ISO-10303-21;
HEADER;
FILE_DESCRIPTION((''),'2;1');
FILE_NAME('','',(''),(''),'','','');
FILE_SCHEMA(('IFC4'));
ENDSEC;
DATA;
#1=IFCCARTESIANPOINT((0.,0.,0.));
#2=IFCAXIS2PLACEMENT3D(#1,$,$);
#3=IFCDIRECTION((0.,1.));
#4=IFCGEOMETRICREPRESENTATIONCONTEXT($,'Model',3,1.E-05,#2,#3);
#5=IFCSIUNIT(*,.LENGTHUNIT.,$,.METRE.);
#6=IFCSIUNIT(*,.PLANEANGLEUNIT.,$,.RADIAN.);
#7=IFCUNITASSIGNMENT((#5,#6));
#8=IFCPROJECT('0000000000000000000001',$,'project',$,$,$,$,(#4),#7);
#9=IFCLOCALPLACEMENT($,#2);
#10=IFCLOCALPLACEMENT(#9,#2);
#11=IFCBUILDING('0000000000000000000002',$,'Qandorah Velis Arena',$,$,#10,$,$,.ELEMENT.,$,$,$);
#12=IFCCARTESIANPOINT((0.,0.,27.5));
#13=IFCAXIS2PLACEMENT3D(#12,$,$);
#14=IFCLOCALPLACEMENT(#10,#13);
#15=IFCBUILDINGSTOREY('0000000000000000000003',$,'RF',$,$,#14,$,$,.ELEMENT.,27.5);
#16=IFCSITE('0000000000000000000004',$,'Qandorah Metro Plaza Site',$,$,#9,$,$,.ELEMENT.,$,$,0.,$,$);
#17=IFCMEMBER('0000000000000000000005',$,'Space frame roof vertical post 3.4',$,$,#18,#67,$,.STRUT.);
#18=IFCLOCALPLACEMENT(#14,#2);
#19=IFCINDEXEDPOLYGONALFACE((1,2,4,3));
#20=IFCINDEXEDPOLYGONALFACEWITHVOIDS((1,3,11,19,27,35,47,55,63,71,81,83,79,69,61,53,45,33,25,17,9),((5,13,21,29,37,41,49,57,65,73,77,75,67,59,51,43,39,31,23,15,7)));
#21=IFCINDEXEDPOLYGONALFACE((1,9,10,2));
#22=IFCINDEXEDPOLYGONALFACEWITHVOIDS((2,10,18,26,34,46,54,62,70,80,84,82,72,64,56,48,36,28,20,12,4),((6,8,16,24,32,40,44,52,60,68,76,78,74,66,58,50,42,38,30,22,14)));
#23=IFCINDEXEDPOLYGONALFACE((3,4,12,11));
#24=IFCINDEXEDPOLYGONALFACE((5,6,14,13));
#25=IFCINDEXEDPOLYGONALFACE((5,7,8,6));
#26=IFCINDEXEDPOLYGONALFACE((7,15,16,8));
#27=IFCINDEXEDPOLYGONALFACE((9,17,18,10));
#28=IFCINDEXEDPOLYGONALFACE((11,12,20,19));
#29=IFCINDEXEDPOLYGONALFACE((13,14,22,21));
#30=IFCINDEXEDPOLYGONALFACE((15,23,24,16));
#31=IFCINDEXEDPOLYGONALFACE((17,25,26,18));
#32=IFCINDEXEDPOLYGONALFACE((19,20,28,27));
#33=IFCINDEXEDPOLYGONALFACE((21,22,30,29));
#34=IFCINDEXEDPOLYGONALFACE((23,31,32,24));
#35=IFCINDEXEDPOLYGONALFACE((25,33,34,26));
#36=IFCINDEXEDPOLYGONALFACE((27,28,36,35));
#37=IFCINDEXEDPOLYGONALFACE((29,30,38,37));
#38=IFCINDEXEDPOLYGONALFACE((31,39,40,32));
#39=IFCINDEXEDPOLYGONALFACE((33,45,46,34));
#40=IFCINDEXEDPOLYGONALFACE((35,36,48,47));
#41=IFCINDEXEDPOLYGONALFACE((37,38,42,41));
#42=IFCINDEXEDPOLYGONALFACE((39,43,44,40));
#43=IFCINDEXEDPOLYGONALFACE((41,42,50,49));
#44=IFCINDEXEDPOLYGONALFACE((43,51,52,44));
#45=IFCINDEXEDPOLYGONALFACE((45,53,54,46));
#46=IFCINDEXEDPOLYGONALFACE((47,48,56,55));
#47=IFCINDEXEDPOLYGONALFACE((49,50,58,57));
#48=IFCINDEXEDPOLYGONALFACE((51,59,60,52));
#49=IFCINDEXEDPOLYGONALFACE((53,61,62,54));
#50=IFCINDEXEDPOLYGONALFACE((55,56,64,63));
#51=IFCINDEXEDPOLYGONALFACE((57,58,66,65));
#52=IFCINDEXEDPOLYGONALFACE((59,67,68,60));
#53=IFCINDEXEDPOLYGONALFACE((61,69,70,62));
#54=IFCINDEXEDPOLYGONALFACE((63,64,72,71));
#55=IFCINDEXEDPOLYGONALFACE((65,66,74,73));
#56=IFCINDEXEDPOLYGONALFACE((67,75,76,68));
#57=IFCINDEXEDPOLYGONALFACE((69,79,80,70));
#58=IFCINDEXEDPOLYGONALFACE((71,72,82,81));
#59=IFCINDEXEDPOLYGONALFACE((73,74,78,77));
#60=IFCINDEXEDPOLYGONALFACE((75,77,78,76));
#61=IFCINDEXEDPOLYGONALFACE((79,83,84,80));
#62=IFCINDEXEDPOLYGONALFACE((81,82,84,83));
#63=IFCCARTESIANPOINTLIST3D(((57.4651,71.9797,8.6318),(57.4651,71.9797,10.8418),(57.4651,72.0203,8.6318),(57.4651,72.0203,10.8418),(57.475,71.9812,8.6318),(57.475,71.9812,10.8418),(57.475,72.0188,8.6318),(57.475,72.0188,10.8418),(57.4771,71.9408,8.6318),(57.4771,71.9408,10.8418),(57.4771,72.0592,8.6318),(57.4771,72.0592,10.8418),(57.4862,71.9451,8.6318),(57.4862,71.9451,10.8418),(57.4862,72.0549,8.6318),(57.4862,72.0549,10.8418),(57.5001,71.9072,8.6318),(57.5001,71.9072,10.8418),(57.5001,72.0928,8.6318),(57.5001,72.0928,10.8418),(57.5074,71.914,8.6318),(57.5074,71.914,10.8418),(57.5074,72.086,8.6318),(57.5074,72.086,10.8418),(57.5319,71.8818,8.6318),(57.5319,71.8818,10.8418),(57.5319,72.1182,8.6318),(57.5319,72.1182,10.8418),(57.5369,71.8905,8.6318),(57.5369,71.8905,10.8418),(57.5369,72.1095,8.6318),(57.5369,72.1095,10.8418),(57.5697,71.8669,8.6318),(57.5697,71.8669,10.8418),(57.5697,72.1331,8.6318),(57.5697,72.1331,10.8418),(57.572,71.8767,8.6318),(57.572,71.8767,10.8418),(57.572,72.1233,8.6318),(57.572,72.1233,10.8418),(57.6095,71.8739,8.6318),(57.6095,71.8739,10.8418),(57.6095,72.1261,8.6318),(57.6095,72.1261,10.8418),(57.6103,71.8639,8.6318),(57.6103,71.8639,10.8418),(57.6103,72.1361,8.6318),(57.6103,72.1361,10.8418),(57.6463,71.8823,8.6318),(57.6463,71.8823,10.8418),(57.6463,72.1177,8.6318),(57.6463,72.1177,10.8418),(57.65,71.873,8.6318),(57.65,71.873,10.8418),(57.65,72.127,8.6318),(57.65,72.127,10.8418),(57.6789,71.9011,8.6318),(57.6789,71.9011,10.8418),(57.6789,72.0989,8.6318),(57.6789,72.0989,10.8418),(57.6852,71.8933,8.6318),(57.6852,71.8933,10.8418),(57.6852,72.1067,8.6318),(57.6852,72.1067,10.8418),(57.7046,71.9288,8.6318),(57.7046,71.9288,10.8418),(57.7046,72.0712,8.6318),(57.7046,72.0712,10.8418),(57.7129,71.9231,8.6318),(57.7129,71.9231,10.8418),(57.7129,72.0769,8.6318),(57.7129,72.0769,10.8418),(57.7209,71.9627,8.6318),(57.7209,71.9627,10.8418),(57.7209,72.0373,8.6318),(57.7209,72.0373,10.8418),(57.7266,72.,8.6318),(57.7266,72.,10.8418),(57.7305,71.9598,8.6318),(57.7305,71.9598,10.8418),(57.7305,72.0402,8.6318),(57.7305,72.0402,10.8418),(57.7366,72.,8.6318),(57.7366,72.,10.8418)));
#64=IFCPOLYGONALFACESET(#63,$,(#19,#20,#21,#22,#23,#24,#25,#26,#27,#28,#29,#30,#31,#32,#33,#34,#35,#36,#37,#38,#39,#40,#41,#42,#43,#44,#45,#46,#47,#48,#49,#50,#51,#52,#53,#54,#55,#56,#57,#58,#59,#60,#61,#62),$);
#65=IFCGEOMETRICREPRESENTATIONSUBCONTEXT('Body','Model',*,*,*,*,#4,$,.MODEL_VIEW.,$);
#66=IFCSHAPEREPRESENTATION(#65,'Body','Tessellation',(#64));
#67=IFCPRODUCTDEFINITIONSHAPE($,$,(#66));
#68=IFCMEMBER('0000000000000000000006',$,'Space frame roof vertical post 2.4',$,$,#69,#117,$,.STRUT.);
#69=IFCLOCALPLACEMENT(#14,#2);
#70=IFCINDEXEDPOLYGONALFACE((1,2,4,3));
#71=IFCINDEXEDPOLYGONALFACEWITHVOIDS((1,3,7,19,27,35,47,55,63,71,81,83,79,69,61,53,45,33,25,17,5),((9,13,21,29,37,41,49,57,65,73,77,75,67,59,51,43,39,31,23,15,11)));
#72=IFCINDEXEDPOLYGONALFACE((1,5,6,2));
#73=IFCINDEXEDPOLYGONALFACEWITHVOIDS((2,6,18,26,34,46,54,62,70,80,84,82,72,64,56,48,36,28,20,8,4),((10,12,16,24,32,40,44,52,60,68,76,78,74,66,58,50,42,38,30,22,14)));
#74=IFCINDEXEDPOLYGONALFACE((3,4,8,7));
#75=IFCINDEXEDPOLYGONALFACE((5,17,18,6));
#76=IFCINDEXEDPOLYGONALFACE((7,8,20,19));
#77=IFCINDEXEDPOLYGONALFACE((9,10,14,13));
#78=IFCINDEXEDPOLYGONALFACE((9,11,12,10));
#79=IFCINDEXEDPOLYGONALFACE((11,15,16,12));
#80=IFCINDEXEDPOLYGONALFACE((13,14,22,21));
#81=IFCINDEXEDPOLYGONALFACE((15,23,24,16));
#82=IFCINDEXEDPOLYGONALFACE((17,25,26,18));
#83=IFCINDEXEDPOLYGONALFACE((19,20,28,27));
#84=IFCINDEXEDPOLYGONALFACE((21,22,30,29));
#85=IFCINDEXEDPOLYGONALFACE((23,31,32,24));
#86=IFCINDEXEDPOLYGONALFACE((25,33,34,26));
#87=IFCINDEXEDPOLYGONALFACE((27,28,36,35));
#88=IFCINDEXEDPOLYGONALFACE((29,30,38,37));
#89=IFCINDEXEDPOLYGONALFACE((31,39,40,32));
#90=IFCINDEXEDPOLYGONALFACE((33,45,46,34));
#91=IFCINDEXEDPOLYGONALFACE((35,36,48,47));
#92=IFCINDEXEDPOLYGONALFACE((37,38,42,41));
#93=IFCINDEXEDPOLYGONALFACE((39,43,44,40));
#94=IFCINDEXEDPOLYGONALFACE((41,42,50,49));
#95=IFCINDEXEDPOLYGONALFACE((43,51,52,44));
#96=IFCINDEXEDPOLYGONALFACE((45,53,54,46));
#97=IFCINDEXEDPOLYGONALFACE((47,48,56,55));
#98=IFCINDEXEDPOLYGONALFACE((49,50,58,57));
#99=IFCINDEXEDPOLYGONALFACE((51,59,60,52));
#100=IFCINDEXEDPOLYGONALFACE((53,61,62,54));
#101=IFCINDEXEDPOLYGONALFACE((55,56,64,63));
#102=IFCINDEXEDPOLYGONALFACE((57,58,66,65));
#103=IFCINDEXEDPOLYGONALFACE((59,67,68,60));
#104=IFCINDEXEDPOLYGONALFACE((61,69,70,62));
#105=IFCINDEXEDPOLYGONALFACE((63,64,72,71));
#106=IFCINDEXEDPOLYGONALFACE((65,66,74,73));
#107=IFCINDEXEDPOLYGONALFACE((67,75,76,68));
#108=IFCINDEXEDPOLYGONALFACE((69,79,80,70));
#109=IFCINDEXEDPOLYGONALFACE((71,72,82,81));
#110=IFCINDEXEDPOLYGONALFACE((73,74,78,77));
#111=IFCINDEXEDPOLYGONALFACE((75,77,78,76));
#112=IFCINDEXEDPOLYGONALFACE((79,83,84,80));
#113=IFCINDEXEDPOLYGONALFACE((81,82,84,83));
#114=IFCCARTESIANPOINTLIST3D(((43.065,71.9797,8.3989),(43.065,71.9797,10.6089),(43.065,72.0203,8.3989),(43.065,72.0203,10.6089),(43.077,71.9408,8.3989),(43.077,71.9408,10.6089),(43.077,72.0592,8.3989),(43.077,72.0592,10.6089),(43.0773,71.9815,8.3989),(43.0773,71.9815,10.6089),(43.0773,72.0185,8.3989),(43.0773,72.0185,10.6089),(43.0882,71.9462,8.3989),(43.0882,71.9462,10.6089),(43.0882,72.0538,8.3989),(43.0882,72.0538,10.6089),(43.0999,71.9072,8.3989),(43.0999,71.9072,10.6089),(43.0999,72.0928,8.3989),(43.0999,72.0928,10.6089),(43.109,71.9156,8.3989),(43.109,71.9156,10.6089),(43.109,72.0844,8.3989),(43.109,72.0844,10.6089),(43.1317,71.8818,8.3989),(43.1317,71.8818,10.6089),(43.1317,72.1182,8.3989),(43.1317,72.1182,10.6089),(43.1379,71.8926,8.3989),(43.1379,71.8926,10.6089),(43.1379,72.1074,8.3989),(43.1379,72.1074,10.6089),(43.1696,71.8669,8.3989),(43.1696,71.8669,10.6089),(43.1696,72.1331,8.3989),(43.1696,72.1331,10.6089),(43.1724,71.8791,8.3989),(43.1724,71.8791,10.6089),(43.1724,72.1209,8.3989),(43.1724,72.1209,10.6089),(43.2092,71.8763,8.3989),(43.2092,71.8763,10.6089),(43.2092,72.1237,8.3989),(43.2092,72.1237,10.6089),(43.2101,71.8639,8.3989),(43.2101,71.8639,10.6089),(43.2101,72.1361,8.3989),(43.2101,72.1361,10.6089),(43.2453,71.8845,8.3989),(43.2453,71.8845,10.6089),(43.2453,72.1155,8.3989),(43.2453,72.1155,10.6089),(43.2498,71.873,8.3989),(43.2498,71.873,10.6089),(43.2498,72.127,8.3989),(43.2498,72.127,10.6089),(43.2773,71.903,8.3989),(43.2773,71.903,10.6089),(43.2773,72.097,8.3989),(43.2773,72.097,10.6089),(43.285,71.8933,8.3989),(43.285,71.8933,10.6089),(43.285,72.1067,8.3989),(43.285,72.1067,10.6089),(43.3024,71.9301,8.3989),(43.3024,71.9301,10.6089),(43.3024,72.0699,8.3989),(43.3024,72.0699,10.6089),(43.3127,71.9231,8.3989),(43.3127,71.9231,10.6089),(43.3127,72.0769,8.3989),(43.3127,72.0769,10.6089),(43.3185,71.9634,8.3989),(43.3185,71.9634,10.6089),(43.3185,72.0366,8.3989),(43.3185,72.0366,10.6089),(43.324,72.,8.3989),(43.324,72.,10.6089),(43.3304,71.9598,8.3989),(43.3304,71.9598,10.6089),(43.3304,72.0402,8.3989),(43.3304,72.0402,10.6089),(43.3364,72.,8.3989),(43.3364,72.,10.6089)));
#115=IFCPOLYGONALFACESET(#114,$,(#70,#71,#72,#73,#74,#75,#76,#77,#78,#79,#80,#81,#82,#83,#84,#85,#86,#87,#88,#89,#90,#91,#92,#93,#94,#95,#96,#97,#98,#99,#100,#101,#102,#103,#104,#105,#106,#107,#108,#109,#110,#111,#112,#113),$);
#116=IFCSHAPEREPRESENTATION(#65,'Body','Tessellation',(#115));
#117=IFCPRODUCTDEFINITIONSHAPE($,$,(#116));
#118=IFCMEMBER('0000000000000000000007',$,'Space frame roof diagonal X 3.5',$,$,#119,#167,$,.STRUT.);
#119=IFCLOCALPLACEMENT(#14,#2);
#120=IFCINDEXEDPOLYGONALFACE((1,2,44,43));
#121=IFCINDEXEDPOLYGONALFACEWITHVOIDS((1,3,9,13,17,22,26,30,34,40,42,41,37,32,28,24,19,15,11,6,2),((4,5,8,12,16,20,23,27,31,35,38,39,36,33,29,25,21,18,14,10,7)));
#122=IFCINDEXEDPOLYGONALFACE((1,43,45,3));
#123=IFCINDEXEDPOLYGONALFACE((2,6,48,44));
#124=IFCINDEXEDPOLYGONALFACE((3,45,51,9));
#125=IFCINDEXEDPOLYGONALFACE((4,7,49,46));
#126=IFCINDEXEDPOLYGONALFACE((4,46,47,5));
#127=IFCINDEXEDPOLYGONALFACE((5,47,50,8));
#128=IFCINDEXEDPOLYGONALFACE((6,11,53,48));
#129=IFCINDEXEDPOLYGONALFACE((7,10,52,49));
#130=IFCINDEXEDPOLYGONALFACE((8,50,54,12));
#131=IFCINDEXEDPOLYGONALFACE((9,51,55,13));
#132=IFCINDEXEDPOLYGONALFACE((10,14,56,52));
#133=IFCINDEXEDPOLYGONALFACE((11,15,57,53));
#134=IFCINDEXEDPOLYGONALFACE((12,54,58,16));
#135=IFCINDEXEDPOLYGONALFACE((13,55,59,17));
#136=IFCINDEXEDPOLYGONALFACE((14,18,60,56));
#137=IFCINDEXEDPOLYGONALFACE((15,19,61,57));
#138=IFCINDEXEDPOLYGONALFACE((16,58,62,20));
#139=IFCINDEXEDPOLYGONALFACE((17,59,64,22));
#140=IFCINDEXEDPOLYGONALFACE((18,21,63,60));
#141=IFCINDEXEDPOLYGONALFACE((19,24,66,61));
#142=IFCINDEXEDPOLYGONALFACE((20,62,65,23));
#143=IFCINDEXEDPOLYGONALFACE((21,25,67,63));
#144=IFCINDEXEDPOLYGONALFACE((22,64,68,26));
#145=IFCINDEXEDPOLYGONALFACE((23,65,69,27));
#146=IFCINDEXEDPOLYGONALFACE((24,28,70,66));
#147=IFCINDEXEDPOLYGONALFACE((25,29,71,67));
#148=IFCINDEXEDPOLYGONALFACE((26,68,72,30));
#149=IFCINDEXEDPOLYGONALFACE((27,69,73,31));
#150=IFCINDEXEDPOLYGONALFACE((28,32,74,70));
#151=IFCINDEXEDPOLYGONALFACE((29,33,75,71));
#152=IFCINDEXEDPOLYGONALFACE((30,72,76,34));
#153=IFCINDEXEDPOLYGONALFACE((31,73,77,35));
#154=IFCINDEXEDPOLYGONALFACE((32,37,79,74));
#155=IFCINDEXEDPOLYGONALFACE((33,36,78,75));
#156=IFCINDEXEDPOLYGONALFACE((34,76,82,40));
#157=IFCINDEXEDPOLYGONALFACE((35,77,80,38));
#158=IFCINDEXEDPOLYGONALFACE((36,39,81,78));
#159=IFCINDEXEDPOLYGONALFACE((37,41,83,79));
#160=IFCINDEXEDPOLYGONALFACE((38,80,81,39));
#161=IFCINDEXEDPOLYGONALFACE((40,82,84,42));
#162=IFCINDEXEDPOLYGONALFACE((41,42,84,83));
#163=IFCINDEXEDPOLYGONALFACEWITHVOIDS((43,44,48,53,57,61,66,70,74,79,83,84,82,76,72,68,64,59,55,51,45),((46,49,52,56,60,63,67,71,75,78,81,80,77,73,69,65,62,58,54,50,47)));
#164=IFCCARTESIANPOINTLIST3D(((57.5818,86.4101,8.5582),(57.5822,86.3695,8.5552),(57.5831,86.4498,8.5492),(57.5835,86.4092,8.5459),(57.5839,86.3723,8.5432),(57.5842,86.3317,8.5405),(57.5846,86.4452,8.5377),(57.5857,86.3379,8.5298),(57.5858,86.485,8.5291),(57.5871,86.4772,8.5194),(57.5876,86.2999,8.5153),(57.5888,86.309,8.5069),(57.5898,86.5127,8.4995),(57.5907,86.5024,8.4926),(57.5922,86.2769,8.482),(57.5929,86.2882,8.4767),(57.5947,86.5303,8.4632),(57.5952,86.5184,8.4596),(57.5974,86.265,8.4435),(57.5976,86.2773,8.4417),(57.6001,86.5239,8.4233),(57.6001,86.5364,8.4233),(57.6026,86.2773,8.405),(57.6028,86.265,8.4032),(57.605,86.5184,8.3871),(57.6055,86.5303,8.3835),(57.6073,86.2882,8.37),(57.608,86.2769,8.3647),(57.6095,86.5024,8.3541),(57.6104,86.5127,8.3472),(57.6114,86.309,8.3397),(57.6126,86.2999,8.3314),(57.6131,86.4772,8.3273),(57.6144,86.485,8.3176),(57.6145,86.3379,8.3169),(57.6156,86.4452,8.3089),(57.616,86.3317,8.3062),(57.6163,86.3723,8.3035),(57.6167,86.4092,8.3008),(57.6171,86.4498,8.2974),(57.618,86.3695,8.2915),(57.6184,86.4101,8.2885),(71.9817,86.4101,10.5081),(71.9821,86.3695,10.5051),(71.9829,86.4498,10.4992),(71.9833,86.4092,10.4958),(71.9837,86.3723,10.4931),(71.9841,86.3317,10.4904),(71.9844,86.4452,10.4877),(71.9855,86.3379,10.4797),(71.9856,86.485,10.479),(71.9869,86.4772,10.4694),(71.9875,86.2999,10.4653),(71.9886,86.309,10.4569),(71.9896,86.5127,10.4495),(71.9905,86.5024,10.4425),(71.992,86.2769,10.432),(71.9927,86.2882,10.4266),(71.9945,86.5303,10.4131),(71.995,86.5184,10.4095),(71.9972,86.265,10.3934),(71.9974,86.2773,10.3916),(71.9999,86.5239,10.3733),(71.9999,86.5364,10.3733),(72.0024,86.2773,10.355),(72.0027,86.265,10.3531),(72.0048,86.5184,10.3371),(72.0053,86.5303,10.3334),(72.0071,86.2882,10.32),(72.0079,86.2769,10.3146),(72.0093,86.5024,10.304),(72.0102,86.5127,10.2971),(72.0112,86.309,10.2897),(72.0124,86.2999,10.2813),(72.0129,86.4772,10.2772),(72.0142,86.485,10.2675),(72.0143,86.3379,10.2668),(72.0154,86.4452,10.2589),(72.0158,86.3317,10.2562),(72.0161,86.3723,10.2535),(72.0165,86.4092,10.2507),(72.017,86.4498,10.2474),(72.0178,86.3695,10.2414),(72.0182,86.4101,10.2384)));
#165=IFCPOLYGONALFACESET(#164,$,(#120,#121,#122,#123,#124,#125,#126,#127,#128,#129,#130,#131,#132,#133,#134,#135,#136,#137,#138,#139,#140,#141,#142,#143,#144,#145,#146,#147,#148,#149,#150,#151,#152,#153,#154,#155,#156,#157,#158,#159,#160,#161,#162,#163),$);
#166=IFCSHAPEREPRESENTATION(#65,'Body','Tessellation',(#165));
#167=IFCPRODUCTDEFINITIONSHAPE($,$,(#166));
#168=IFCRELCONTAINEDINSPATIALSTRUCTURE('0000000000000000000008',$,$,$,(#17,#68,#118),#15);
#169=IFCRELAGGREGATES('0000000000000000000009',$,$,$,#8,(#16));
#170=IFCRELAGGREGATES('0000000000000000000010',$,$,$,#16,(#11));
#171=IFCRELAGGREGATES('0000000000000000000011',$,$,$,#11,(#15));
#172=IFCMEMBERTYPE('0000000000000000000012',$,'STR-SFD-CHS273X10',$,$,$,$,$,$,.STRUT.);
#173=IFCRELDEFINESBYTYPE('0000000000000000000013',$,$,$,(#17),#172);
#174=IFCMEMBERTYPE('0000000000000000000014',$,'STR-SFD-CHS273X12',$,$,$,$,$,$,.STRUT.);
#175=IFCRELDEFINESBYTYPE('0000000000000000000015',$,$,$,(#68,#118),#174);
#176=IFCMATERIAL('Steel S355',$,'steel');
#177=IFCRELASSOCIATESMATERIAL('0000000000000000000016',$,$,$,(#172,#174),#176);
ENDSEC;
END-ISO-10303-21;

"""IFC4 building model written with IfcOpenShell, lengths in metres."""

from ifc_helpers import new_model, si_unit, direction, frame, origin, origin_2d, place, context, subcontext, project, spatial, hollow_circle, extrude, material, material_profile, profile_set, type_object, element, save


model = new_model("IFC4")

# Units and contexts
model_context = context("Model", 3, precision=1e-05, world=origin(), true_north=direction((0.0, 1.0)))
body_context = subcontext(model_context, "Body", "Model", "MODEL_VIEW")
ifc_project = project(units=[si_unit("LENGTHUNIT", "METRE"), si_unit("PLANEANGLEUNIT", "RADIAN")], contexts=[model_context])

# Site, building, storey
site_placement = place(None, origin())
site = spatial("IfcSite", under=ifc_project, at=site_placement, Name="Qandorah Metro Plaza Site", CompositionType="ELEMENT", RefElevation=0.0)
building_placement = place(site_placement, origin())
building = spatial("IfcBuilding", under=site, at=building_placement, Name="Qandorah Velis Arena", CompositionType="ELEMENT")
storey_placement = place(building_placement, frame((0.0, 0.0, 27.5)))
storey = spatial("IfcBuildingStorey", under=building, at=storey_placement, Name="RF", CompositionType="ELEMENT", Elevation=27.5)

# Shared definitions
ifc_material_1 = material(Name="Steel S355", Category="steel")

# Members
ifc_material_profile_1 = material_profile(ifc_material_1, hollow_circle(Radius=0.1365, WallThickness=0.01, at=origin_2d()), Name="CHS 273x10")
ifc_profile_set_1 = profile_set([ifc_material_profile_1], Name="Steel S355")
member_type_1 = type_object("IfcMemberType", Name="STR-SFD-CHS273X10", PredefinedType="STRUT", material=ifc_profile_set_1)
for number, where, z_axis, x_axis, name in (
    (1, (57.6001, 72.0, 8.6318), (0.0, 0.0, 1.0), (1.0, 0.0, 0.0), "Space frame roof vertical post 3.4"),
):
    element("IfcMember", number, at=place(storey_placement, frame(where, z_axis=z_axis, x_axis=x_axis)), inside=storey, type_object=member_type_1, Name=name, PredefinedType="STRUT", context=body_context, shape_type="SweptSolid", body=[
        extrude(hollow_circle(Radius=0.1365, WallThickness=0.01, at=origin_2d()), origin(), (0.0, 0.0, 1.0), 2.21),
    ])
ifc_material_profile_2 = material_profile(ifc_material_1, hollow_circle(Radius=0.1365, WallThickness=0.0125, at=origin_2d()), Name="CHS 273x12.5")
ifc_profile_set_2 = profile_set([ifc_material_profile_2], Name="Steel S355")
member_type_2 = type_object("IfcMemberType", Name="STR-SFD-CHS273X12", PredefinedType="STRUT", material=ifc_profile_set_2)
member_1_placement = place(storey_placement, frame((43.2, 72.0, 8.3989), z_axis=(0.0, 0.0, 1.0), x_axis=(1.0, 0.0, 0.0)))
element("IfcMember", 2, at=member_1_placement, inside=storey, type_object=member_type_2, Name="Space frame roof vertical post 2.4", PredefinedType="STRUT", context=body_context, shape_type="SweptSolid", body=[
    extrude(hollow_circle(Radius=0.1365, WallThickness=0.0125, at=origin_2d()), origin(), (0.0, 0.0, 1.0), 2.21),
])
member_2_placement = place(storey_placement, frame((57.6001, 86.3999, 8.4233), z_axis=(0.990956, 0.0, 0.134189), x_axis=(0.0, 1.0, 0.0)))
element("IfcMember", 3, at=member_2_placement, inside=storey, type_object=member_type_2, Name="Space frame roof diagonal X 3.5", PredefinedType="STRUT", context=body_context, shape_type="SweptSolid", body=[
    extrude(hollow_circle(Radius=0.1365, WallThickness=0.0125, at=origin_2d()), origin(), (0.0, 0.0, 1.0), 14.5312),
])

save(model, "model.ifc")
